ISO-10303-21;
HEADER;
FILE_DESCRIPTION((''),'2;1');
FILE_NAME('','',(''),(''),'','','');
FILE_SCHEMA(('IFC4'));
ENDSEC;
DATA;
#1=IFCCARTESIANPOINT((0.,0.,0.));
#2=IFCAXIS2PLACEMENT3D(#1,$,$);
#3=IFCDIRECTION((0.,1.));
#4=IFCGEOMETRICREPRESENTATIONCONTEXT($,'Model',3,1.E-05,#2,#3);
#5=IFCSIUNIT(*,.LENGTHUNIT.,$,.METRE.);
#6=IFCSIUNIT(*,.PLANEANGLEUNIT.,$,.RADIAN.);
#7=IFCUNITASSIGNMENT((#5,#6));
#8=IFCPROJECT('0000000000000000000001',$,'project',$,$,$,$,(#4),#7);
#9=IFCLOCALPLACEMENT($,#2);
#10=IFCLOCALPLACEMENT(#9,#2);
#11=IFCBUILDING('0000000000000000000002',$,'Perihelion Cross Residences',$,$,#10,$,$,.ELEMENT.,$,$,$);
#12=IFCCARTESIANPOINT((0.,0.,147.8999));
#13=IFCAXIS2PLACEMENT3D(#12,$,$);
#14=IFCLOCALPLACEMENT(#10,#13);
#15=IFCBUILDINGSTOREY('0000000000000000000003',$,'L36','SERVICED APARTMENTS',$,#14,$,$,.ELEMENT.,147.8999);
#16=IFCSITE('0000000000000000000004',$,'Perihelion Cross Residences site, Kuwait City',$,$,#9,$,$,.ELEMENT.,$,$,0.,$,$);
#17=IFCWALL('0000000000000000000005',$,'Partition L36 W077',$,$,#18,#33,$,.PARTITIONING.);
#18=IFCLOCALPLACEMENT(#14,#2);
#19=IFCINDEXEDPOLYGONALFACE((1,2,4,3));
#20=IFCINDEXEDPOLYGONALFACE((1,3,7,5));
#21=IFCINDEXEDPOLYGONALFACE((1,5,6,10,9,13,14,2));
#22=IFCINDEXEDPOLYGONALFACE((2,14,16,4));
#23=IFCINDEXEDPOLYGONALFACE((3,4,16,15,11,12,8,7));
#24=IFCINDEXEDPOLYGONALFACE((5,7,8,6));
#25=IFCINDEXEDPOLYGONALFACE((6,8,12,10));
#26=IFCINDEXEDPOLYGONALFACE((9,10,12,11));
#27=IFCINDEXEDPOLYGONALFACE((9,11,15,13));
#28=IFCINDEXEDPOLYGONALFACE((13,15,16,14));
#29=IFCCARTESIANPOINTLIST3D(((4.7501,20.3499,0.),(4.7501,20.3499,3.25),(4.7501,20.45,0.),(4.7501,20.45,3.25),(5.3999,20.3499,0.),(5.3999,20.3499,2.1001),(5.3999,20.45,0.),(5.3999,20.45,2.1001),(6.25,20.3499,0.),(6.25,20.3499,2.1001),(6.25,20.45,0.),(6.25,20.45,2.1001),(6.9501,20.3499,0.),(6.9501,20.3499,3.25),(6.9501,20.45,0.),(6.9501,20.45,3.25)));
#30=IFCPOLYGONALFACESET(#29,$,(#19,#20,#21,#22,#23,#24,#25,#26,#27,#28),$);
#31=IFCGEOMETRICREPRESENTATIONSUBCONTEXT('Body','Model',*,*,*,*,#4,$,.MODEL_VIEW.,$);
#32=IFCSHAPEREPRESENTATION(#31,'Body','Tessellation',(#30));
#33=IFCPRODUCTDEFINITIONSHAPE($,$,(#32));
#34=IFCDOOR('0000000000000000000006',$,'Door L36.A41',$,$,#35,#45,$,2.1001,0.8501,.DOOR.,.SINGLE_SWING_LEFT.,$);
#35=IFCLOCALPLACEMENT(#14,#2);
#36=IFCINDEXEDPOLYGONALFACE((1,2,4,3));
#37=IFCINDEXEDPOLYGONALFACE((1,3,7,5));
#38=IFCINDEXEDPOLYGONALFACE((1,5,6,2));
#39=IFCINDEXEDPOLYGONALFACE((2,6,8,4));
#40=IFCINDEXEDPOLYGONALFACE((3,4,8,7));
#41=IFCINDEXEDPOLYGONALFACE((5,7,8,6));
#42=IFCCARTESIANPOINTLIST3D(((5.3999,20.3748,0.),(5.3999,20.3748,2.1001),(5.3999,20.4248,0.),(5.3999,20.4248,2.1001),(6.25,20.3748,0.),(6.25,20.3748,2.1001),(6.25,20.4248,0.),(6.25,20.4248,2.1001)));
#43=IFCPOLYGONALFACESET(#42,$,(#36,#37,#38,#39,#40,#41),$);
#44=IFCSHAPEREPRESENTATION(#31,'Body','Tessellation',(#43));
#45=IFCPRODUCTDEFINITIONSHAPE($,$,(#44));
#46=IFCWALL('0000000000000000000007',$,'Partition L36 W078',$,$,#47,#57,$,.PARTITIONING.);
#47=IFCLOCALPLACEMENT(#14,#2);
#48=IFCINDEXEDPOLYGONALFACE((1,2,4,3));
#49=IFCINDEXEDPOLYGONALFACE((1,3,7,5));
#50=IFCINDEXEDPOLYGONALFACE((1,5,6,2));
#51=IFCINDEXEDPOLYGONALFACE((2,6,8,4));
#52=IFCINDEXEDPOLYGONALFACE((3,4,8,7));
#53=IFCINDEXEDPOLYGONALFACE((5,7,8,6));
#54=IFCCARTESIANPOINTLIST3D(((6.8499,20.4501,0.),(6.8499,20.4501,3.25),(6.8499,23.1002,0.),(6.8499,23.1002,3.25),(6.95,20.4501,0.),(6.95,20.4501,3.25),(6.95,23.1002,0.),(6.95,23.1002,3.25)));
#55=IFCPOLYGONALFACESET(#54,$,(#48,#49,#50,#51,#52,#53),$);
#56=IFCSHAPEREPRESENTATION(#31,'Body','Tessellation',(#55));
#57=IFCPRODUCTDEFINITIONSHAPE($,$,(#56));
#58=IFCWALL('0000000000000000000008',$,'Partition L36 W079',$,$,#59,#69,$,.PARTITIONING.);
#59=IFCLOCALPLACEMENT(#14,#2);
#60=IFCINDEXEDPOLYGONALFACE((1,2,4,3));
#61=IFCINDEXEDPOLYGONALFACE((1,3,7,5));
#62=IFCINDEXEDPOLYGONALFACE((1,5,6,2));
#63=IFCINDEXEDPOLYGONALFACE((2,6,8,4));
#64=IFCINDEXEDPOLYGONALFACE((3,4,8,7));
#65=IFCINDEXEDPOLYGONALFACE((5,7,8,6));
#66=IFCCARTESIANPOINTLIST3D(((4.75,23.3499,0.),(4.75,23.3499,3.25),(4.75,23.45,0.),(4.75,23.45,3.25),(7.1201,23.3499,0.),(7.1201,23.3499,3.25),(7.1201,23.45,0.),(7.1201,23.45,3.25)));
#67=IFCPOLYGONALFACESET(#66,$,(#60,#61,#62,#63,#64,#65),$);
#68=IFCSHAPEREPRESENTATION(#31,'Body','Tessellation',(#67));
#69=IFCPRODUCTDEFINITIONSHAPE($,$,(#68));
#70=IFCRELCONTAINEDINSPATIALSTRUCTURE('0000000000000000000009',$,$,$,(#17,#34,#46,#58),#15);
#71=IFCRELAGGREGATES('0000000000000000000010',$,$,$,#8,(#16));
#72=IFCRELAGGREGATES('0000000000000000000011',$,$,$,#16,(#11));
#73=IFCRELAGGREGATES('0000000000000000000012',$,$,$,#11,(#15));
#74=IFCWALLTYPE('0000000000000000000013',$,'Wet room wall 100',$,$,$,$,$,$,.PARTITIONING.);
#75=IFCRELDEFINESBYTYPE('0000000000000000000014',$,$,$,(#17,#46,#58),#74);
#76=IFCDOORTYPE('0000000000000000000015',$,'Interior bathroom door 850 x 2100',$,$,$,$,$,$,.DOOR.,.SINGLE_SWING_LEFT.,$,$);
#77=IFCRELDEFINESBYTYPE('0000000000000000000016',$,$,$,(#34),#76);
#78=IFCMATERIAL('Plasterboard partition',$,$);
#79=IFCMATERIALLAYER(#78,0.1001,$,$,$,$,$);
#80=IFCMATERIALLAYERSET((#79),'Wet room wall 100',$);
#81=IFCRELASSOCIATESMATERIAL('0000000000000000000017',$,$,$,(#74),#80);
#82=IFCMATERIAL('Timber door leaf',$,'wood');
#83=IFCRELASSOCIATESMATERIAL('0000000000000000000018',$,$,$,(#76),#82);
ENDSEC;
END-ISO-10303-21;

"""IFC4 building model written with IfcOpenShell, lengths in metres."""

from ifc_helpers import new_model, si_unit, direction, frame, frame_2d, origin, place, context, subcontext, project, spatial, rectangle, extrude, material, layer, layer_set, type_object, element, fill, save


model = new_model("IFC4")

# Units and contexts
model_context = context("Model", 3, precision=1e-05, world=origin(), true_north=direction((0.0, 1.0)))
body_context = subcontext(model_context, "Body", "Model", "MODEL_VIEW")
ifc_project = project(units=[si_unit("LENGTHUNIT", "METRE"), si_unit("PLANEANGLEUNIT", "RADIAN")], contexts=[model_context])

# Site, building, storey
site_placement = place(None, origin())
site = spatial("IfcSite", under=ifc_project, at=site_placement, Name="Perihelion Cross Residences site, Kuwait City", CompositionType="ELEMENT", RefElevation=0.0)
building_placement = place(site_placement, origin())
building = spatial("IfcBuilding", under=site, at=building_placement, Name="Perihelion Cross Residences", CompositionType="ELEMENT")
storey_placement = place(building_placement, frame((0.0, 0.0, 147.8999)))
storey = spatial("IfcBuildingStorey", under=building, at=storey_placement, Name="L36", Description="SERVICED APARTMENTS", CompositionType="ELEMENT", Elevation=147.8999)

# Wall, opening, door
ifc_material_1 = material(Name="Plasterboard partition")
ifc_layer_1 = layer(ifc_material_1, 0.1001)
ifc_layer_set_1 = layer_set([ifc_layer_1], Name="Wet room wall 100")
wall_type_1 = type_object("IfcWallType", Name="Wet room wall 100", PredefinedType="PARTITIONING", material=ifc_layer_set_1)
wall_1_placement = place(storey_placement, frame((4.75, 20.3999, 0.0), z_axis=(0.0, 0.0, 1.0), x_axis=(1.0, 0.0, 0.0)))
wall_1 = element("IfcWall", 1, at=wall_1_placement, inside=storey, type_object=wall_type_1, Name="Partition L36 W077", PredefinedType="PARTITIONING", context=body_context, shape_type="SweptSolid", body=[
    extrude(rectangle(XDim=2.2, YDim=0.1001, at=frame_2d((1.1001, 0.0))), origin(), (0.0, 0.0, 1.0), 3.25),
])
opening_1_placement = place(wall_1_placement, frame((0.6499, 0.0, 0.0)))
opening_1 = element("IfcOpeningElement", 2, at=opening_1_placement, cuts=wall_1, PredefinedType="OPENING", context=body_context, shape_type="SweptSolid", body=[
    extrude(rectangle(XDim=0.8501, YDim=2.1001, at=frame_2d((0.425, 1.05))), frame((0.0, 0.0601, 0.0), z_axis=(0.0, -1.0, 0.0), x_axis=(1.0, 0.0, 0.0)), (0.0, 0.0, 1.0), 0.1201),
])
ifc_material_2 = material(Name="Timber door leaf", Category="wood")
door_type_1 = type_object("IfcDoorType", Name="Interior bathroom door 850 x 2100", OperationType="SINGLE_SWING_LEFT", PredefinedType="DOOR", material=ifc_material_2)
door_1_placement = place(opening_1_placement, origin())
door_1 = element("IfcDoor", 3, at=door_1_placement, inside=storey, type_object=door_type_1, Name="Door L36.A41", OperationType="SINGLE_SWING_LEFT", OverallHeight=2.1001, OverallWidth=0.8501, PredefinedType="DOOR", context=body_context, shape_type="SweptSolid", body=[
    extrude(rectangle(XDim=0.8501, YDim=2.1001, at=frame_2d((0.425, 1.05))), frame((0.0, 0.0249, 0.0), z_axis=(0.0, -1.0, 0.0), x_axis=(1.0, 0.0, 0.0)), (0.0, 0.0, 1.0), 0.05),
])
fill(opening_1, door_1)

# Walls
wall_2_placement = place(storey_placement, frame((6.8999, 20.45, 0.0), z_axis=(0.0, 0.0, 1.0), x_axis=(0.0, 1.0, 0.0)))
element("IfcWall", 4, at=wall_2_placement, inside=storey, type_object=wall_type_1, Name="Partition L36 W078", PredefinedType="PARTITIONING", context=body_context, shape_type="SweptSolid", body=[
    extrude(rectangle(XDim=2.6501, YDim=0.1001, at=frame_2d((1.3252, 0.0))), origin(), (0.0, 0.0, 1.0), 3.25),
])
wall_3_placement = place(storey_placement, frame((4.75, 23.3999, 0.0), z_axis=(0.0, 0.0, 1.0), x_axis=(1.0, 0.0, 0.0)))
element("IfcWall", 5, at=wall_3_placement, inside=storey, type_object=wall_type_1, Name="Partition L36 W079", PredefinedType="PARTITIONING", context=body_context, shape_type="SweptSolid", body=[
    extrude(rectangle(XDim=2.3701, YDim=0.1001, at=frame_2d((1.1851, 0.0))), origin(), (0.0, 0.0, 1.0), 3.25),
])

save(model, "model.ifc")
